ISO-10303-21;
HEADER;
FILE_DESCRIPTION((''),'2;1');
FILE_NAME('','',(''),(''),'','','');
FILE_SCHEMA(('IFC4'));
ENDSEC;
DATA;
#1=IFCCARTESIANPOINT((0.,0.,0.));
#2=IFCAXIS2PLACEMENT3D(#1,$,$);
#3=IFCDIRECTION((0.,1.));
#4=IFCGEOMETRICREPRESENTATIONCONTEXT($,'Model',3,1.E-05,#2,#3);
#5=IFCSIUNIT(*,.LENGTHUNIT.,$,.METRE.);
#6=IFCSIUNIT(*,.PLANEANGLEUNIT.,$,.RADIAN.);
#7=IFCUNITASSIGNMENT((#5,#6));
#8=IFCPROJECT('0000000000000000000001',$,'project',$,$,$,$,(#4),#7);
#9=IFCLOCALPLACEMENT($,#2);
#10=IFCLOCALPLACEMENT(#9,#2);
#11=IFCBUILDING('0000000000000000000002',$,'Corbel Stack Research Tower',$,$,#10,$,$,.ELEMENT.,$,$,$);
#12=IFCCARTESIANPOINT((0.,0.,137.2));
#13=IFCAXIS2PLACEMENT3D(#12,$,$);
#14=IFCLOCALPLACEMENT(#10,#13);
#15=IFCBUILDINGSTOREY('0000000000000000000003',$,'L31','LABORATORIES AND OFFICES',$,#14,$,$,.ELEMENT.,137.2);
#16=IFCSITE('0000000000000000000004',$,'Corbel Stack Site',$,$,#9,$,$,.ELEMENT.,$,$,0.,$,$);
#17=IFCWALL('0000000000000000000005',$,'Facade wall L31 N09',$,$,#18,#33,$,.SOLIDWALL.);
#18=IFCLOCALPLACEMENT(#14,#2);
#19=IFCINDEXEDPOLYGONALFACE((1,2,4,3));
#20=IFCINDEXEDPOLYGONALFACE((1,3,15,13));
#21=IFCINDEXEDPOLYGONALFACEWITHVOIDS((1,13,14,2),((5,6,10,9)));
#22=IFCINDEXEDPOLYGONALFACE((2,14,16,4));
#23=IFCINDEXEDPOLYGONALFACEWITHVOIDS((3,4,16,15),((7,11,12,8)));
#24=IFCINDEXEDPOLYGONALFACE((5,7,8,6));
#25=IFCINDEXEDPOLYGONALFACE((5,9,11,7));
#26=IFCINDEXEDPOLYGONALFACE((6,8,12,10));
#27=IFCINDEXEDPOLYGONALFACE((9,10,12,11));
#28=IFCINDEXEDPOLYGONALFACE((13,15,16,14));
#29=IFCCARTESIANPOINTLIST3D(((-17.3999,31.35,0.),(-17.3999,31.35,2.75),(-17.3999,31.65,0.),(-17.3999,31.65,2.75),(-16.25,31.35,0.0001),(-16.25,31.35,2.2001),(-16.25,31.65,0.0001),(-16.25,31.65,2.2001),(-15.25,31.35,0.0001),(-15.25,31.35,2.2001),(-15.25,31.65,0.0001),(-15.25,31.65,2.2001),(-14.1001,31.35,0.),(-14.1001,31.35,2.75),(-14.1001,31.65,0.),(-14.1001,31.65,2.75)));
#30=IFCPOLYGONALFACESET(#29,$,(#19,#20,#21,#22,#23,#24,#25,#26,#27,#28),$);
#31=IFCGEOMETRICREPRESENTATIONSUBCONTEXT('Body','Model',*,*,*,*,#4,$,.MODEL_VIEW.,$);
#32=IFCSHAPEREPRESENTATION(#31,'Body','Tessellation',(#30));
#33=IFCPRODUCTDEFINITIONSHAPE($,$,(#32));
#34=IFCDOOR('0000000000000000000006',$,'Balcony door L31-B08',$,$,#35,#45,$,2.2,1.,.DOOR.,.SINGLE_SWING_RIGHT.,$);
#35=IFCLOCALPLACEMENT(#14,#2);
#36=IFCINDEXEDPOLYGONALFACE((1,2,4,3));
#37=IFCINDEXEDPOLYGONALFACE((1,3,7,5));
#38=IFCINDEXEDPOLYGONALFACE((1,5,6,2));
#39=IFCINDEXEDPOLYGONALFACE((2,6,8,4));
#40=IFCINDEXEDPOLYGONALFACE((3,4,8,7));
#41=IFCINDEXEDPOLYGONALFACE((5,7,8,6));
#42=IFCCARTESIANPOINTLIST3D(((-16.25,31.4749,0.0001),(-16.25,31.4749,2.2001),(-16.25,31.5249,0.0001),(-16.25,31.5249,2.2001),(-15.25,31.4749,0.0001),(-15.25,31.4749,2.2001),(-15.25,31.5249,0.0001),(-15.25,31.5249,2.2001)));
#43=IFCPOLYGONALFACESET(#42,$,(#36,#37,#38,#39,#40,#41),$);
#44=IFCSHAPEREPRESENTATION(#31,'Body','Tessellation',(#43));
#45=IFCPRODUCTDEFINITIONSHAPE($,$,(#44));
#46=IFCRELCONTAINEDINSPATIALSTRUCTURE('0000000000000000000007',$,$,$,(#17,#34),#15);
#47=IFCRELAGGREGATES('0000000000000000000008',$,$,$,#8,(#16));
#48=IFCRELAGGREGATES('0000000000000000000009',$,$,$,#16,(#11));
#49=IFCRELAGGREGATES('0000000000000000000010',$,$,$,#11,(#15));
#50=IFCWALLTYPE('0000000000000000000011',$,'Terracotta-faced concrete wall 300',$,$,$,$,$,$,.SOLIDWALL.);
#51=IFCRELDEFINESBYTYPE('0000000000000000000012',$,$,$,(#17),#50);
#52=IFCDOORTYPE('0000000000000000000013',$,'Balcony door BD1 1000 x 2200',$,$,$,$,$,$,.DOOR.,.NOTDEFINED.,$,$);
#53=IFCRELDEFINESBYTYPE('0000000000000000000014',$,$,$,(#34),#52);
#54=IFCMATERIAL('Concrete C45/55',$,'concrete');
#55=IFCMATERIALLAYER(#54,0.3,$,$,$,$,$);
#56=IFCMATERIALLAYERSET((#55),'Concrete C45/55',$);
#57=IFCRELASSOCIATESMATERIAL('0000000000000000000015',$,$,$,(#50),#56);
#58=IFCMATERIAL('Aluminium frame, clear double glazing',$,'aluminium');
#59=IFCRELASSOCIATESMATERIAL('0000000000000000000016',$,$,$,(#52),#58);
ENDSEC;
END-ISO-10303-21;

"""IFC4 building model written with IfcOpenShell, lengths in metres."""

from ifc_helpers import new_model, si_unit, direction, frame, frame_2d, origin, place, context, subcontext, project, spatial, rectangle, extrude, material, layer, layer_set, type_object, element, fill, save


model = new_model("IFC4")

# Units and contexts
model_context = context("Model", 3, precision=1e-05, world=origin(), true_north=direction((0.0, 1.0)))
body_context = subcontext(model_context, "Body", "Model", "MODEL_VIEW")
ifc_project = project(units=[si_unit("LENGTHUNIT", "METRE"), si_unit("PLANEANGLEUNIT", "RADIAN")], contexts=[model_context])

# Site, building, storey
site_placement = place(None, origin())
site = spatial("IfcSite", under=ifc_project, at=site_placement, Name="Corbel Stack Site", CompositionType="ELEMENT", RefElevation=0.0)
building_placement = place(site_placement, origin())
building = spatial("IfcBuilding", under=site, at=building_placement, Name="Corbel Stack Research Tower", CompositionType="ELEMENT")
storey_placement = place(building_placement, frame((0.0, 0.0, 137.2)))
storey = spatial("IfcBuildingStorey", under=building, at=storey_placement, Name="L31", Description="LABORATORIES AND OFFICES", CompositionType="ELEMENT", Elevation=137.2)

# Shared definitions
ifc_material_1 = material(Name="Concrete C45/55", Category="concrete")
ifc_layer_1 = layer(ifc_material_1, 0.3)
ifc_layer_set_1 = layer_set([ifc_layer_1], Name="Concrete C45/55")
wall_type_1 = type_object("IfcWallType", Name="Terracotta-faced concrete wall 300", PredefinedType="SOLIDWALL", material=ifc_layer_set_1)

# Wall, opening, door
wall_1_placement = place(storey_placement, frame((-17.3999, 31.5, 0.0), z_axis=(0.0, 0.0, 1.0), x_axis=(1.0, 0.0, 0.0)))
wall_1 = element("IfcWall", 1, at=wall_1_placement, inside=storey, type_object=wall_type_1, Name="Facade wall L31 N09", PredefinedType="SOLIDWALL", context=body_context, shape_type="SweptSolid", body=[
    extrude(rectangle(XDim=3.2998, YDim=0.3, at=frame_2d((1.6499, 0.0))), origin(), (0.0, 0.0, 1.0), 2.75),
])
opening_1_placement = place(wall_1_placement, frame((1.1499, 0.0, 0.0)))
opening_1 = element("IfcOpeningElement", 2, at=opening_1_placement, cuts=wall_1, PredefinedType="OPENING", context=body_context, shape_type="SweptSolid", body=[
    extrude(rectangle(XDim=1.0, YDim=2.2, at=frame_2d((0.5, 1.1001))), frame((0.0, 0.1599, 0.0), z_axis=(0.0, -1.0, 0.0), x_axis=(1.0, 0.0, 0.0)), (0.0, 0.0, 1.0), 0.3201),
])
ifc_material_2 = material(Name="Aluminium frame, clear double glazing", Category="aluminium")
door_type_1 = type_object("IfcDoorType", Name="Balcony door BD1 1000 x 2200", OperationType="NOTDEFINED", PredefinedType="DOOR", material=ifc_material_2)
door_1_placement = place(opening_1_placement, origin())
door_1 = element("IfcDoor", 3, at=door_1_placement, inside=storey, type_object=door_type_1, Name="Balcony door L31-B08", OperationType="SINGLE_SWING_RIGHT", OverallHeight=2.2, OverallWidth=1.0, PredefinedType="DOOR", context=body_context, shape_type="SweptSolid", body=[
    extrude(rectangle(XDim=1.0, YDim=2.2, at=frame_2d((0.5, 1.1001))), frame((0.0, 0.0249, 0.0), z_axis=(0.0, -1.0, 0.0), x_axis=(1.0, 0.0, 0.0)), (0.0, 0.0, 1.0), 0.05),
])
fill(opening_1, door_1)

save(model, "model.ifc")
